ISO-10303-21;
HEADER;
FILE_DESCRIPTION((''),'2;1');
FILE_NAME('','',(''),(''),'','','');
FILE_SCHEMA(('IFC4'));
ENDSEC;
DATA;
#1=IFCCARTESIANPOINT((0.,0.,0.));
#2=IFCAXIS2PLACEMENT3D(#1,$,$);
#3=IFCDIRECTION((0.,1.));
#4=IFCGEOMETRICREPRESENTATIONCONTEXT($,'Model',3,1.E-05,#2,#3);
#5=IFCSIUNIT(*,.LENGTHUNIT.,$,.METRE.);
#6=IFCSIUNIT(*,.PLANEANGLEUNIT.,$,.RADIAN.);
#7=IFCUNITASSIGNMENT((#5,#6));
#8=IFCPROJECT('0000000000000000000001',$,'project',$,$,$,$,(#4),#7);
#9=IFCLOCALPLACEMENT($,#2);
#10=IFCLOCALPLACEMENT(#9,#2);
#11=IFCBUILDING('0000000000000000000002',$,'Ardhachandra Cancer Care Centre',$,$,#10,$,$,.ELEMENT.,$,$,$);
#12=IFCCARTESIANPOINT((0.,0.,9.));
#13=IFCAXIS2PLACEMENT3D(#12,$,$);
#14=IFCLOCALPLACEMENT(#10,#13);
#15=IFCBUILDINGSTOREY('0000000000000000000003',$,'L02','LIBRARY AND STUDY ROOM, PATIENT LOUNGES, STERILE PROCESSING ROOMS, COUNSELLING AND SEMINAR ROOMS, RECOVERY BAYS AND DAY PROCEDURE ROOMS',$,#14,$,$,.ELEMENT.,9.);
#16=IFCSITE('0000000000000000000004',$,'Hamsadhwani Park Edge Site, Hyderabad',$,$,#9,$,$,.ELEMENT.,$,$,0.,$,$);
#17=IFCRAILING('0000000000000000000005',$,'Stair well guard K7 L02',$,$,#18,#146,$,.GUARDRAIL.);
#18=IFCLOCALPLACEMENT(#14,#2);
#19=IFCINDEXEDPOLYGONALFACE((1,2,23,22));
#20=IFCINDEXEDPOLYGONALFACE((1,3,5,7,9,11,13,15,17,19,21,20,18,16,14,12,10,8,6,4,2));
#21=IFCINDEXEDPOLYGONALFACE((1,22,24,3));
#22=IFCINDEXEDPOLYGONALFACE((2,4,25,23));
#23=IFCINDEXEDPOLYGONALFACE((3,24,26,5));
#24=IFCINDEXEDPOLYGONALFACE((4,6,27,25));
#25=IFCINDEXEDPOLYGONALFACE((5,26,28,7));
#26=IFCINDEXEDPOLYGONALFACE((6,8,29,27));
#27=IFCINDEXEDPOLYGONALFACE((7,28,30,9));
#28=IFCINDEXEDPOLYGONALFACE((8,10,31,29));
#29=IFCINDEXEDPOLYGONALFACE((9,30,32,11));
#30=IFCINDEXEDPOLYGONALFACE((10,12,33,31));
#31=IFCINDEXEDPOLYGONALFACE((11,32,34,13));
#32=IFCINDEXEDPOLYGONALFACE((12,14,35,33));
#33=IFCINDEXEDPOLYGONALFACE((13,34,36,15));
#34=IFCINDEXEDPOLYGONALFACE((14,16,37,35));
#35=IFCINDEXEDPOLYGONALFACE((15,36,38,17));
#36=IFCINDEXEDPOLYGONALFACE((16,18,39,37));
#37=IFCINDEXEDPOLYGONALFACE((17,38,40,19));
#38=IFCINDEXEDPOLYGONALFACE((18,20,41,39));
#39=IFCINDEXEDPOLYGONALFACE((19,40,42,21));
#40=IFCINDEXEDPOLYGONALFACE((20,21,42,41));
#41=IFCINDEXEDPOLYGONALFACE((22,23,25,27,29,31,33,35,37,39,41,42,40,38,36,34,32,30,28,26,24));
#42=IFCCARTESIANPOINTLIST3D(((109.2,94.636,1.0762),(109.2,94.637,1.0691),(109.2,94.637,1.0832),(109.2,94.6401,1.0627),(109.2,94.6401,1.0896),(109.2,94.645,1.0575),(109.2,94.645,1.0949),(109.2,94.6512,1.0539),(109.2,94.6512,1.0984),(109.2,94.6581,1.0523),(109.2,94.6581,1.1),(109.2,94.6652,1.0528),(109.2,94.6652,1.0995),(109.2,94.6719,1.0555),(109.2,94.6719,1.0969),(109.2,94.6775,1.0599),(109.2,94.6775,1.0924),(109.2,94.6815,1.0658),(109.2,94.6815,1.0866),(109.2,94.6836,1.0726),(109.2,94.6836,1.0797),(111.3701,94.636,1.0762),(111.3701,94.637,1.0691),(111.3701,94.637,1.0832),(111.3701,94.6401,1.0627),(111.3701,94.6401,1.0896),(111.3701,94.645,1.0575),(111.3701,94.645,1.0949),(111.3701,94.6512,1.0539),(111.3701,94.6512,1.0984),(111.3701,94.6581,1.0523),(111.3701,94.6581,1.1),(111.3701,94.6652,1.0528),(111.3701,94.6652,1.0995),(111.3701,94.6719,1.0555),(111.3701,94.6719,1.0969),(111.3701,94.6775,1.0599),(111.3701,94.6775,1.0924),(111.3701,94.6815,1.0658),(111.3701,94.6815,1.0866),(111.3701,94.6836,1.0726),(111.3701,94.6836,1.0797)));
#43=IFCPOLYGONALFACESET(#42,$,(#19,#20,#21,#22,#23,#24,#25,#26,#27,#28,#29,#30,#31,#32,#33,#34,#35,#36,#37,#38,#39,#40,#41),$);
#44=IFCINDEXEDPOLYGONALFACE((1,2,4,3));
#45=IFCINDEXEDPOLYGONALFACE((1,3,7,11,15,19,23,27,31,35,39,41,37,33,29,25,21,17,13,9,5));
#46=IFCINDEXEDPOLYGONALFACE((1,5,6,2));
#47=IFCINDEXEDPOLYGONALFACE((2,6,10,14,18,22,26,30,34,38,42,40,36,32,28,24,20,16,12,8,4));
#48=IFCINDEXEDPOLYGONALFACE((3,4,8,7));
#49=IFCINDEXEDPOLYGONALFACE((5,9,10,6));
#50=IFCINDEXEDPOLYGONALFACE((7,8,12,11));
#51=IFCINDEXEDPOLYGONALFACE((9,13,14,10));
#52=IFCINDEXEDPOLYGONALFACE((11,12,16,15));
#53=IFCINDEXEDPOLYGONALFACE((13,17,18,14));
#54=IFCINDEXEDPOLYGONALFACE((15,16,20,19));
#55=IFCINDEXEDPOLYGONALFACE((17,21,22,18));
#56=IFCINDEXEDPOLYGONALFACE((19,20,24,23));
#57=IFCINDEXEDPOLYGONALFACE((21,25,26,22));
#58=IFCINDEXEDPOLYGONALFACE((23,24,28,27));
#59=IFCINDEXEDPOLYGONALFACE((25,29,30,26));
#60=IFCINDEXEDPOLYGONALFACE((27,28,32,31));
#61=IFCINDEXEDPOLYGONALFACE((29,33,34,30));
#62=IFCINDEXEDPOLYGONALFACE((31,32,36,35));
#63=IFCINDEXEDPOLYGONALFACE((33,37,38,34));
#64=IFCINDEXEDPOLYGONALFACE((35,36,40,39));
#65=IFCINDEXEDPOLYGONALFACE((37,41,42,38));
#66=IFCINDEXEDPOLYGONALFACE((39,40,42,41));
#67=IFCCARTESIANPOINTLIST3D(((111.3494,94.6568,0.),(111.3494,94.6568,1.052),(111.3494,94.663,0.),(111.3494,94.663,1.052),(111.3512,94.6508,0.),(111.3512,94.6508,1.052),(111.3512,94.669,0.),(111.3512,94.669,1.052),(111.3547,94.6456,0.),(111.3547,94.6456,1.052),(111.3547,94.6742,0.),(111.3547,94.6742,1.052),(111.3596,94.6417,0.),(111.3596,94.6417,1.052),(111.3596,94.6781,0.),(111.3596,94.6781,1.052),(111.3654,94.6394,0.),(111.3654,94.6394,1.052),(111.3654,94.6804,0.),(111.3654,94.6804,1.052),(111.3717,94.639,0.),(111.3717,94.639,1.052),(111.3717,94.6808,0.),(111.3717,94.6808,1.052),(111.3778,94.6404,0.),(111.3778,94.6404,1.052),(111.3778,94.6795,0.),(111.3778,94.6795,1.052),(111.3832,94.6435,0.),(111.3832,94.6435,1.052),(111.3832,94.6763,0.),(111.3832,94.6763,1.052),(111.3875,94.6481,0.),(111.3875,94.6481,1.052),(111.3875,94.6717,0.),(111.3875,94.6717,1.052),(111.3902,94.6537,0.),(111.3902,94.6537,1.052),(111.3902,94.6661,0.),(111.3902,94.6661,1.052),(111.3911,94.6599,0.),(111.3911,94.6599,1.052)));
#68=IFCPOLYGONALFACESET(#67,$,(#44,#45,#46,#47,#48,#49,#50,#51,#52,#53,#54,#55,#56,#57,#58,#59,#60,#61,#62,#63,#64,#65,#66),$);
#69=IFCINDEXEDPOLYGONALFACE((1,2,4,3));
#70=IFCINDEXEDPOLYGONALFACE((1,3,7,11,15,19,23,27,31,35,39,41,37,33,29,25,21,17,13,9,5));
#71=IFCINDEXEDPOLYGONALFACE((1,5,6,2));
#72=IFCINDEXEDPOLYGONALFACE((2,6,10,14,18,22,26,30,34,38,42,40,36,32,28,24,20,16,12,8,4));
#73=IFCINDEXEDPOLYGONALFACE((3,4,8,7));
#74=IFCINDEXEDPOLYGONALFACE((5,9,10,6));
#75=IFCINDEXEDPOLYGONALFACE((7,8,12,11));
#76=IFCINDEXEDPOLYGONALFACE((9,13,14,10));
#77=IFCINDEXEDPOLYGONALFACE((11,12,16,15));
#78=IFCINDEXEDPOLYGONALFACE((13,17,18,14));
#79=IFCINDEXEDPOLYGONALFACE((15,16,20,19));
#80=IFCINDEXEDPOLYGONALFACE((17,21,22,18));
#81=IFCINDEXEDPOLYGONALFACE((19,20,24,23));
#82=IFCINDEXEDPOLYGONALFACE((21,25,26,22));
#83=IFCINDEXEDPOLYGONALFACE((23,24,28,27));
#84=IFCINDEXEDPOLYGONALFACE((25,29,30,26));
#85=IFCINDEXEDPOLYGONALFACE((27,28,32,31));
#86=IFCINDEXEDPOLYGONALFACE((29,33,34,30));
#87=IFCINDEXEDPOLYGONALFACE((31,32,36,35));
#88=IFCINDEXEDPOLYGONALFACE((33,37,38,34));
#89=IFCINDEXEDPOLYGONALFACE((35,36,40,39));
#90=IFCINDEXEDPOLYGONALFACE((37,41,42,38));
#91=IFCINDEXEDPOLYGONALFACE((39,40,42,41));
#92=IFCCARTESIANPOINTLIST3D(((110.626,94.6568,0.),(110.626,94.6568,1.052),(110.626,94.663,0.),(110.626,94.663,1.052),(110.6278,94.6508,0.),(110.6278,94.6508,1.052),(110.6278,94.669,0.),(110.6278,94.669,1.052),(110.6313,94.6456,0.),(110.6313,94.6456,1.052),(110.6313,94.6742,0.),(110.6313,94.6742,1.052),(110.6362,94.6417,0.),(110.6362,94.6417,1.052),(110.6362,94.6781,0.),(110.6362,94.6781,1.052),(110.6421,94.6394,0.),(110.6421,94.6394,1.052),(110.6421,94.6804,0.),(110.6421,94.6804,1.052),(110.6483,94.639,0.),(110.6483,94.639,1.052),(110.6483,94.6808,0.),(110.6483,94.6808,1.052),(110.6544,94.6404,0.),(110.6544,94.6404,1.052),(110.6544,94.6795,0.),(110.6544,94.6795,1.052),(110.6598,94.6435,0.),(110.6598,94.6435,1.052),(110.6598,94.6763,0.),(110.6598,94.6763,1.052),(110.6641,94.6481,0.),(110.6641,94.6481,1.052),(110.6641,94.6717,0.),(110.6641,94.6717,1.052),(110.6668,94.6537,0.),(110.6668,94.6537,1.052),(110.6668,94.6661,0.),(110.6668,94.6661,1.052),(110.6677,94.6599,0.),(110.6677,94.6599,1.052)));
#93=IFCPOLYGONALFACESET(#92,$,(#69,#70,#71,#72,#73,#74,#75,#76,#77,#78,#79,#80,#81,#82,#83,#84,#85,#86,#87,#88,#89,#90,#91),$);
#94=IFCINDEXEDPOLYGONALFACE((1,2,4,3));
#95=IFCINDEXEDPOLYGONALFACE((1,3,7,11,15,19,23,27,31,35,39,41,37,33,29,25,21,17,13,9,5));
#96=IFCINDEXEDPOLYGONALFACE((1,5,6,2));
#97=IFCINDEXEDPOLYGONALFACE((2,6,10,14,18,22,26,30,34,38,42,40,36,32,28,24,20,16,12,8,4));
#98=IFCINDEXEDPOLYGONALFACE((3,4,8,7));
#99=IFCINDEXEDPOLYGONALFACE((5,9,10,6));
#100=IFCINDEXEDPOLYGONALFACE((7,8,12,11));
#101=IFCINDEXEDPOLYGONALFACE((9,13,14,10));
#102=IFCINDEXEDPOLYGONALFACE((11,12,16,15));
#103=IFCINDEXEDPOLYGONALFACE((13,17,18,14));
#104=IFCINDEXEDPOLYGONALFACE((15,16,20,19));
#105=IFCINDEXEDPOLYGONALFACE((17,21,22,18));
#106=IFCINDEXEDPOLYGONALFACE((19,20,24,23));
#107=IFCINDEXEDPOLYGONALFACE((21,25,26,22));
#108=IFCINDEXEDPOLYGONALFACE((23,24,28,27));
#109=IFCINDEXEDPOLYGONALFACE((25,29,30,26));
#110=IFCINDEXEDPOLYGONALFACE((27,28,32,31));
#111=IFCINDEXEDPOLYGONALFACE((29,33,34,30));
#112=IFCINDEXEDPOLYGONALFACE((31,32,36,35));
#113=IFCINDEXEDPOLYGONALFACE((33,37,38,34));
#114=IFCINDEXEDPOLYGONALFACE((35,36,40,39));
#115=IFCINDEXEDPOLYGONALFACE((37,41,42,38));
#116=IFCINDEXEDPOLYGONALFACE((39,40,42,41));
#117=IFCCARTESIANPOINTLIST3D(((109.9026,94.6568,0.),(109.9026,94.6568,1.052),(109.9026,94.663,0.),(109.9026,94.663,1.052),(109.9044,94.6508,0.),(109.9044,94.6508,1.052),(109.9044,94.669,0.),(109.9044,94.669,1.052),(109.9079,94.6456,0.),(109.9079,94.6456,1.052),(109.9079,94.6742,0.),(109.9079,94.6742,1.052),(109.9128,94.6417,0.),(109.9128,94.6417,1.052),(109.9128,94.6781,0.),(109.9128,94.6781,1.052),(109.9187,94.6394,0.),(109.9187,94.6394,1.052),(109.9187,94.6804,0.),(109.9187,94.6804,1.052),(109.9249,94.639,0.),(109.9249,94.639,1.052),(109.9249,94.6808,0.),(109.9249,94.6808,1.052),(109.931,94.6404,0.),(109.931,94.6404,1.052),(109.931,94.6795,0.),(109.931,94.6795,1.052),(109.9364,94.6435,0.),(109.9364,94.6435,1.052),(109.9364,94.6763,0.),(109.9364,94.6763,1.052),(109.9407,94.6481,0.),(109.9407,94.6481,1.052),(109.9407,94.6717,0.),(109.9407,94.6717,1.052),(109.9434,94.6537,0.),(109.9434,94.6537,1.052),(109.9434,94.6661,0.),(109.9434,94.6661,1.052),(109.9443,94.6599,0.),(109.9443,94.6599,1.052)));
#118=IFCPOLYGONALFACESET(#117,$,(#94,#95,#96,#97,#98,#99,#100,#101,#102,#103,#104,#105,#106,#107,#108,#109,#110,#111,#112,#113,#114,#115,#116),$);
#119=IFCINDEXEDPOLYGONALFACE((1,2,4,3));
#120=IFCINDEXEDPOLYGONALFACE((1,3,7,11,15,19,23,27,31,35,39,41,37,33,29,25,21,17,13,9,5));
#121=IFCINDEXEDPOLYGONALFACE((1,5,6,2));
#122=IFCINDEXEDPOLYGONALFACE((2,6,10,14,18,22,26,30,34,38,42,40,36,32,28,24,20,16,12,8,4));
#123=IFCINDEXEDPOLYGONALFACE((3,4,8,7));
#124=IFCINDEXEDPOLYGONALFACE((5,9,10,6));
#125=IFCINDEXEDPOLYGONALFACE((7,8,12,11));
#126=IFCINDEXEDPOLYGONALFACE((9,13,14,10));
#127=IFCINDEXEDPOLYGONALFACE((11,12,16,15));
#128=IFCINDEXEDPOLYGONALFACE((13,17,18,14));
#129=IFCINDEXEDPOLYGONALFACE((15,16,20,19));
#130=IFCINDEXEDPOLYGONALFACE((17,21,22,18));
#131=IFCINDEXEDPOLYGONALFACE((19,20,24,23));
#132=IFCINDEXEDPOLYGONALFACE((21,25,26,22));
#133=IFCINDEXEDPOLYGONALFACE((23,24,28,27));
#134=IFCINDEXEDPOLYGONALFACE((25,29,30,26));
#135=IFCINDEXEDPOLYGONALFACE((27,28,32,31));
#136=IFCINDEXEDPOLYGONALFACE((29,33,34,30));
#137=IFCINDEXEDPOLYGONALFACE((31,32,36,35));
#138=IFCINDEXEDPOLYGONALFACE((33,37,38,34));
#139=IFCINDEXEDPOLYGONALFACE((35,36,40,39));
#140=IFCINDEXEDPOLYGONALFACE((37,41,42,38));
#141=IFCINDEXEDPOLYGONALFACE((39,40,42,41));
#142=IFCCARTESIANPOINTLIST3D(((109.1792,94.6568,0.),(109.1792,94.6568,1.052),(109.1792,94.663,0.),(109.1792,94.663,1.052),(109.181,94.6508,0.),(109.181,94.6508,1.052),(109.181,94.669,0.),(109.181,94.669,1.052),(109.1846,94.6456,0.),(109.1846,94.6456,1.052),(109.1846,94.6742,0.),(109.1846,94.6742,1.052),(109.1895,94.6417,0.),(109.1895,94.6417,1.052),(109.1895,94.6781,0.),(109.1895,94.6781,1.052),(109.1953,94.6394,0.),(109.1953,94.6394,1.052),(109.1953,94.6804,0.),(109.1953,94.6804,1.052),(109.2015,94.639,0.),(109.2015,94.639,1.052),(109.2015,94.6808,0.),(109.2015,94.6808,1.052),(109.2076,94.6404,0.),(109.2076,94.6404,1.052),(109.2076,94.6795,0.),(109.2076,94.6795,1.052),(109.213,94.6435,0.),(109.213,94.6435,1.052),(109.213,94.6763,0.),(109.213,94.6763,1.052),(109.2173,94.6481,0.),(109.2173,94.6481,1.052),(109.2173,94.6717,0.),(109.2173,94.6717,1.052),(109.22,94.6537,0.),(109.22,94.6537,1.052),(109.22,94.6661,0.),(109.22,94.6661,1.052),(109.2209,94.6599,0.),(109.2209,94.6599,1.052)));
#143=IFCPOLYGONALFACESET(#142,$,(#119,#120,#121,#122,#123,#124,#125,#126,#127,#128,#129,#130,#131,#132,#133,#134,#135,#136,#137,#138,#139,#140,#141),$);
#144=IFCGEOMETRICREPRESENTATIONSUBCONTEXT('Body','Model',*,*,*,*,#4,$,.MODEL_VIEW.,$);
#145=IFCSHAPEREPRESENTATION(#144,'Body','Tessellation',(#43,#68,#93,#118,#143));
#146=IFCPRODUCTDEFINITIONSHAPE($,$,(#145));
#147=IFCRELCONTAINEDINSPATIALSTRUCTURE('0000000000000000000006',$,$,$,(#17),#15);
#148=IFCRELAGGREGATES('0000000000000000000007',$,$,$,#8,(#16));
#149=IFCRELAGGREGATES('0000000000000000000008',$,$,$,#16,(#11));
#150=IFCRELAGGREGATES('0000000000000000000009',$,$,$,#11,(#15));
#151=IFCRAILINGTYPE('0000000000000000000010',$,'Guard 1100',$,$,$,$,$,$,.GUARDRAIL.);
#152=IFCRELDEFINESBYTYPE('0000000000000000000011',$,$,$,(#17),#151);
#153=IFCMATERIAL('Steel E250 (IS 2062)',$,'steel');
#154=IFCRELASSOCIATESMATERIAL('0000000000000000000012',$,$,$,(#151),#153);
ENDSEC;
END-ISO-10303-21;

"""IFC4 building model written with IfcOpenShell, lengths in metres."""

from ifc_helpers import new_model, si_unit, direction, frame, origin, origin_2d, place, context, subcontext, project, spatial, circle, extrude, material, type_object, element, save


model = new_model("IFC4")

# Units and contexts
model_context = context("Model", 3, precision=1e-05, world=origin(), true_north=direction((0.0, 1.0)))
body_context = subcontext(model_context, "Body", "Model", "MODEL_VIEW")
ifc_project = project(units=[si_unit("LENGTHUNIT", "METRE"), si_unit("PLANEANGLEUNIT", "RADIAN")], contexts=[model_context])

# Site, building, storey
site_placement = place(None, origin())
site = spatial("IfcSite", under=ifc_project, at=site_placement, Name="Hamsadhwani Park Edge Site, Hyderabad", CompositionType="ELEMENT", RefElevation=0.0)
building_placement = place(site_placement, origin())
building = spatial("IfcBuilding", under=site, at=building_placement, Name="Ardhachandra Cancer Care Centre", CompositionType="ELEMENT")
storey_placement = place(building_placement, frame((0.0, 0.0, 9.0)))
storey = spatial("IfcBuildingStorey", under=building, at=storey_placement, Name="L02", Description="LIBRARY AND STUDY ROOM, PATIENT LOUNGES, STERILE PROCESSING ROOMS, COUNSELLING AND SEMINAR ROOMS, RECOVERY BAYS AND DAY PROCEDURE ROOMS", CompositionType="ELEMENT", Elevation=9.0)

# Railing
ifc_material_1 = material(Name="Steel E250 (IS 2062)", Category="steel")
railing_type_1 = type_object("IfcRailingType", Name="Guard 1100", PredefinedType="GUARDRAIL", material=ifc_material_1)
railing_1_placement = place(storey_placement, frame((111.3701, 94.6599, 0.0)))
element("IfcRailing", 1, at=railing_1_placement, inside=storey, type_object=railing_type_1, Name="Stair well guard K7 L02", PredefinedType="GUARDRAIL", context=body_context, shape_type="SweptSolid", body=[
    extrude(circle(Radius=0.0239, at=origin_2d()), frame((0.0, 0.0, 1.0762), z_axis=(-1.0, 0.0, 0.0), x_axis=(0.0, -1.0, 0.0)), (0.0, 0.0, 1.0), 2.1702),
    extrude(circle(Radius=0.021, at=origin_2d()), origin(), (0.0, 0.0, 1.0), 1.052),
    extrude(circle(Radius=0.021, at=origin_2d()), frame((-0.7234, 0.0, 0.0)), (0.0, 0.0, 1.0), 1.052),
    extrude(circle(Radius=0.021, at=origin_2d()), frame((-1.4468, 0.0, 0.0)), (0.0, 0.0, 1.0), 1.052),
    extrude(circle(Radius=0.021, at=origin_2d()), frame((-2.1702, 0.0, 0.0)), (0.0, 0.0, 1.0), 1.052),
])

save(model, "model.ifc")
